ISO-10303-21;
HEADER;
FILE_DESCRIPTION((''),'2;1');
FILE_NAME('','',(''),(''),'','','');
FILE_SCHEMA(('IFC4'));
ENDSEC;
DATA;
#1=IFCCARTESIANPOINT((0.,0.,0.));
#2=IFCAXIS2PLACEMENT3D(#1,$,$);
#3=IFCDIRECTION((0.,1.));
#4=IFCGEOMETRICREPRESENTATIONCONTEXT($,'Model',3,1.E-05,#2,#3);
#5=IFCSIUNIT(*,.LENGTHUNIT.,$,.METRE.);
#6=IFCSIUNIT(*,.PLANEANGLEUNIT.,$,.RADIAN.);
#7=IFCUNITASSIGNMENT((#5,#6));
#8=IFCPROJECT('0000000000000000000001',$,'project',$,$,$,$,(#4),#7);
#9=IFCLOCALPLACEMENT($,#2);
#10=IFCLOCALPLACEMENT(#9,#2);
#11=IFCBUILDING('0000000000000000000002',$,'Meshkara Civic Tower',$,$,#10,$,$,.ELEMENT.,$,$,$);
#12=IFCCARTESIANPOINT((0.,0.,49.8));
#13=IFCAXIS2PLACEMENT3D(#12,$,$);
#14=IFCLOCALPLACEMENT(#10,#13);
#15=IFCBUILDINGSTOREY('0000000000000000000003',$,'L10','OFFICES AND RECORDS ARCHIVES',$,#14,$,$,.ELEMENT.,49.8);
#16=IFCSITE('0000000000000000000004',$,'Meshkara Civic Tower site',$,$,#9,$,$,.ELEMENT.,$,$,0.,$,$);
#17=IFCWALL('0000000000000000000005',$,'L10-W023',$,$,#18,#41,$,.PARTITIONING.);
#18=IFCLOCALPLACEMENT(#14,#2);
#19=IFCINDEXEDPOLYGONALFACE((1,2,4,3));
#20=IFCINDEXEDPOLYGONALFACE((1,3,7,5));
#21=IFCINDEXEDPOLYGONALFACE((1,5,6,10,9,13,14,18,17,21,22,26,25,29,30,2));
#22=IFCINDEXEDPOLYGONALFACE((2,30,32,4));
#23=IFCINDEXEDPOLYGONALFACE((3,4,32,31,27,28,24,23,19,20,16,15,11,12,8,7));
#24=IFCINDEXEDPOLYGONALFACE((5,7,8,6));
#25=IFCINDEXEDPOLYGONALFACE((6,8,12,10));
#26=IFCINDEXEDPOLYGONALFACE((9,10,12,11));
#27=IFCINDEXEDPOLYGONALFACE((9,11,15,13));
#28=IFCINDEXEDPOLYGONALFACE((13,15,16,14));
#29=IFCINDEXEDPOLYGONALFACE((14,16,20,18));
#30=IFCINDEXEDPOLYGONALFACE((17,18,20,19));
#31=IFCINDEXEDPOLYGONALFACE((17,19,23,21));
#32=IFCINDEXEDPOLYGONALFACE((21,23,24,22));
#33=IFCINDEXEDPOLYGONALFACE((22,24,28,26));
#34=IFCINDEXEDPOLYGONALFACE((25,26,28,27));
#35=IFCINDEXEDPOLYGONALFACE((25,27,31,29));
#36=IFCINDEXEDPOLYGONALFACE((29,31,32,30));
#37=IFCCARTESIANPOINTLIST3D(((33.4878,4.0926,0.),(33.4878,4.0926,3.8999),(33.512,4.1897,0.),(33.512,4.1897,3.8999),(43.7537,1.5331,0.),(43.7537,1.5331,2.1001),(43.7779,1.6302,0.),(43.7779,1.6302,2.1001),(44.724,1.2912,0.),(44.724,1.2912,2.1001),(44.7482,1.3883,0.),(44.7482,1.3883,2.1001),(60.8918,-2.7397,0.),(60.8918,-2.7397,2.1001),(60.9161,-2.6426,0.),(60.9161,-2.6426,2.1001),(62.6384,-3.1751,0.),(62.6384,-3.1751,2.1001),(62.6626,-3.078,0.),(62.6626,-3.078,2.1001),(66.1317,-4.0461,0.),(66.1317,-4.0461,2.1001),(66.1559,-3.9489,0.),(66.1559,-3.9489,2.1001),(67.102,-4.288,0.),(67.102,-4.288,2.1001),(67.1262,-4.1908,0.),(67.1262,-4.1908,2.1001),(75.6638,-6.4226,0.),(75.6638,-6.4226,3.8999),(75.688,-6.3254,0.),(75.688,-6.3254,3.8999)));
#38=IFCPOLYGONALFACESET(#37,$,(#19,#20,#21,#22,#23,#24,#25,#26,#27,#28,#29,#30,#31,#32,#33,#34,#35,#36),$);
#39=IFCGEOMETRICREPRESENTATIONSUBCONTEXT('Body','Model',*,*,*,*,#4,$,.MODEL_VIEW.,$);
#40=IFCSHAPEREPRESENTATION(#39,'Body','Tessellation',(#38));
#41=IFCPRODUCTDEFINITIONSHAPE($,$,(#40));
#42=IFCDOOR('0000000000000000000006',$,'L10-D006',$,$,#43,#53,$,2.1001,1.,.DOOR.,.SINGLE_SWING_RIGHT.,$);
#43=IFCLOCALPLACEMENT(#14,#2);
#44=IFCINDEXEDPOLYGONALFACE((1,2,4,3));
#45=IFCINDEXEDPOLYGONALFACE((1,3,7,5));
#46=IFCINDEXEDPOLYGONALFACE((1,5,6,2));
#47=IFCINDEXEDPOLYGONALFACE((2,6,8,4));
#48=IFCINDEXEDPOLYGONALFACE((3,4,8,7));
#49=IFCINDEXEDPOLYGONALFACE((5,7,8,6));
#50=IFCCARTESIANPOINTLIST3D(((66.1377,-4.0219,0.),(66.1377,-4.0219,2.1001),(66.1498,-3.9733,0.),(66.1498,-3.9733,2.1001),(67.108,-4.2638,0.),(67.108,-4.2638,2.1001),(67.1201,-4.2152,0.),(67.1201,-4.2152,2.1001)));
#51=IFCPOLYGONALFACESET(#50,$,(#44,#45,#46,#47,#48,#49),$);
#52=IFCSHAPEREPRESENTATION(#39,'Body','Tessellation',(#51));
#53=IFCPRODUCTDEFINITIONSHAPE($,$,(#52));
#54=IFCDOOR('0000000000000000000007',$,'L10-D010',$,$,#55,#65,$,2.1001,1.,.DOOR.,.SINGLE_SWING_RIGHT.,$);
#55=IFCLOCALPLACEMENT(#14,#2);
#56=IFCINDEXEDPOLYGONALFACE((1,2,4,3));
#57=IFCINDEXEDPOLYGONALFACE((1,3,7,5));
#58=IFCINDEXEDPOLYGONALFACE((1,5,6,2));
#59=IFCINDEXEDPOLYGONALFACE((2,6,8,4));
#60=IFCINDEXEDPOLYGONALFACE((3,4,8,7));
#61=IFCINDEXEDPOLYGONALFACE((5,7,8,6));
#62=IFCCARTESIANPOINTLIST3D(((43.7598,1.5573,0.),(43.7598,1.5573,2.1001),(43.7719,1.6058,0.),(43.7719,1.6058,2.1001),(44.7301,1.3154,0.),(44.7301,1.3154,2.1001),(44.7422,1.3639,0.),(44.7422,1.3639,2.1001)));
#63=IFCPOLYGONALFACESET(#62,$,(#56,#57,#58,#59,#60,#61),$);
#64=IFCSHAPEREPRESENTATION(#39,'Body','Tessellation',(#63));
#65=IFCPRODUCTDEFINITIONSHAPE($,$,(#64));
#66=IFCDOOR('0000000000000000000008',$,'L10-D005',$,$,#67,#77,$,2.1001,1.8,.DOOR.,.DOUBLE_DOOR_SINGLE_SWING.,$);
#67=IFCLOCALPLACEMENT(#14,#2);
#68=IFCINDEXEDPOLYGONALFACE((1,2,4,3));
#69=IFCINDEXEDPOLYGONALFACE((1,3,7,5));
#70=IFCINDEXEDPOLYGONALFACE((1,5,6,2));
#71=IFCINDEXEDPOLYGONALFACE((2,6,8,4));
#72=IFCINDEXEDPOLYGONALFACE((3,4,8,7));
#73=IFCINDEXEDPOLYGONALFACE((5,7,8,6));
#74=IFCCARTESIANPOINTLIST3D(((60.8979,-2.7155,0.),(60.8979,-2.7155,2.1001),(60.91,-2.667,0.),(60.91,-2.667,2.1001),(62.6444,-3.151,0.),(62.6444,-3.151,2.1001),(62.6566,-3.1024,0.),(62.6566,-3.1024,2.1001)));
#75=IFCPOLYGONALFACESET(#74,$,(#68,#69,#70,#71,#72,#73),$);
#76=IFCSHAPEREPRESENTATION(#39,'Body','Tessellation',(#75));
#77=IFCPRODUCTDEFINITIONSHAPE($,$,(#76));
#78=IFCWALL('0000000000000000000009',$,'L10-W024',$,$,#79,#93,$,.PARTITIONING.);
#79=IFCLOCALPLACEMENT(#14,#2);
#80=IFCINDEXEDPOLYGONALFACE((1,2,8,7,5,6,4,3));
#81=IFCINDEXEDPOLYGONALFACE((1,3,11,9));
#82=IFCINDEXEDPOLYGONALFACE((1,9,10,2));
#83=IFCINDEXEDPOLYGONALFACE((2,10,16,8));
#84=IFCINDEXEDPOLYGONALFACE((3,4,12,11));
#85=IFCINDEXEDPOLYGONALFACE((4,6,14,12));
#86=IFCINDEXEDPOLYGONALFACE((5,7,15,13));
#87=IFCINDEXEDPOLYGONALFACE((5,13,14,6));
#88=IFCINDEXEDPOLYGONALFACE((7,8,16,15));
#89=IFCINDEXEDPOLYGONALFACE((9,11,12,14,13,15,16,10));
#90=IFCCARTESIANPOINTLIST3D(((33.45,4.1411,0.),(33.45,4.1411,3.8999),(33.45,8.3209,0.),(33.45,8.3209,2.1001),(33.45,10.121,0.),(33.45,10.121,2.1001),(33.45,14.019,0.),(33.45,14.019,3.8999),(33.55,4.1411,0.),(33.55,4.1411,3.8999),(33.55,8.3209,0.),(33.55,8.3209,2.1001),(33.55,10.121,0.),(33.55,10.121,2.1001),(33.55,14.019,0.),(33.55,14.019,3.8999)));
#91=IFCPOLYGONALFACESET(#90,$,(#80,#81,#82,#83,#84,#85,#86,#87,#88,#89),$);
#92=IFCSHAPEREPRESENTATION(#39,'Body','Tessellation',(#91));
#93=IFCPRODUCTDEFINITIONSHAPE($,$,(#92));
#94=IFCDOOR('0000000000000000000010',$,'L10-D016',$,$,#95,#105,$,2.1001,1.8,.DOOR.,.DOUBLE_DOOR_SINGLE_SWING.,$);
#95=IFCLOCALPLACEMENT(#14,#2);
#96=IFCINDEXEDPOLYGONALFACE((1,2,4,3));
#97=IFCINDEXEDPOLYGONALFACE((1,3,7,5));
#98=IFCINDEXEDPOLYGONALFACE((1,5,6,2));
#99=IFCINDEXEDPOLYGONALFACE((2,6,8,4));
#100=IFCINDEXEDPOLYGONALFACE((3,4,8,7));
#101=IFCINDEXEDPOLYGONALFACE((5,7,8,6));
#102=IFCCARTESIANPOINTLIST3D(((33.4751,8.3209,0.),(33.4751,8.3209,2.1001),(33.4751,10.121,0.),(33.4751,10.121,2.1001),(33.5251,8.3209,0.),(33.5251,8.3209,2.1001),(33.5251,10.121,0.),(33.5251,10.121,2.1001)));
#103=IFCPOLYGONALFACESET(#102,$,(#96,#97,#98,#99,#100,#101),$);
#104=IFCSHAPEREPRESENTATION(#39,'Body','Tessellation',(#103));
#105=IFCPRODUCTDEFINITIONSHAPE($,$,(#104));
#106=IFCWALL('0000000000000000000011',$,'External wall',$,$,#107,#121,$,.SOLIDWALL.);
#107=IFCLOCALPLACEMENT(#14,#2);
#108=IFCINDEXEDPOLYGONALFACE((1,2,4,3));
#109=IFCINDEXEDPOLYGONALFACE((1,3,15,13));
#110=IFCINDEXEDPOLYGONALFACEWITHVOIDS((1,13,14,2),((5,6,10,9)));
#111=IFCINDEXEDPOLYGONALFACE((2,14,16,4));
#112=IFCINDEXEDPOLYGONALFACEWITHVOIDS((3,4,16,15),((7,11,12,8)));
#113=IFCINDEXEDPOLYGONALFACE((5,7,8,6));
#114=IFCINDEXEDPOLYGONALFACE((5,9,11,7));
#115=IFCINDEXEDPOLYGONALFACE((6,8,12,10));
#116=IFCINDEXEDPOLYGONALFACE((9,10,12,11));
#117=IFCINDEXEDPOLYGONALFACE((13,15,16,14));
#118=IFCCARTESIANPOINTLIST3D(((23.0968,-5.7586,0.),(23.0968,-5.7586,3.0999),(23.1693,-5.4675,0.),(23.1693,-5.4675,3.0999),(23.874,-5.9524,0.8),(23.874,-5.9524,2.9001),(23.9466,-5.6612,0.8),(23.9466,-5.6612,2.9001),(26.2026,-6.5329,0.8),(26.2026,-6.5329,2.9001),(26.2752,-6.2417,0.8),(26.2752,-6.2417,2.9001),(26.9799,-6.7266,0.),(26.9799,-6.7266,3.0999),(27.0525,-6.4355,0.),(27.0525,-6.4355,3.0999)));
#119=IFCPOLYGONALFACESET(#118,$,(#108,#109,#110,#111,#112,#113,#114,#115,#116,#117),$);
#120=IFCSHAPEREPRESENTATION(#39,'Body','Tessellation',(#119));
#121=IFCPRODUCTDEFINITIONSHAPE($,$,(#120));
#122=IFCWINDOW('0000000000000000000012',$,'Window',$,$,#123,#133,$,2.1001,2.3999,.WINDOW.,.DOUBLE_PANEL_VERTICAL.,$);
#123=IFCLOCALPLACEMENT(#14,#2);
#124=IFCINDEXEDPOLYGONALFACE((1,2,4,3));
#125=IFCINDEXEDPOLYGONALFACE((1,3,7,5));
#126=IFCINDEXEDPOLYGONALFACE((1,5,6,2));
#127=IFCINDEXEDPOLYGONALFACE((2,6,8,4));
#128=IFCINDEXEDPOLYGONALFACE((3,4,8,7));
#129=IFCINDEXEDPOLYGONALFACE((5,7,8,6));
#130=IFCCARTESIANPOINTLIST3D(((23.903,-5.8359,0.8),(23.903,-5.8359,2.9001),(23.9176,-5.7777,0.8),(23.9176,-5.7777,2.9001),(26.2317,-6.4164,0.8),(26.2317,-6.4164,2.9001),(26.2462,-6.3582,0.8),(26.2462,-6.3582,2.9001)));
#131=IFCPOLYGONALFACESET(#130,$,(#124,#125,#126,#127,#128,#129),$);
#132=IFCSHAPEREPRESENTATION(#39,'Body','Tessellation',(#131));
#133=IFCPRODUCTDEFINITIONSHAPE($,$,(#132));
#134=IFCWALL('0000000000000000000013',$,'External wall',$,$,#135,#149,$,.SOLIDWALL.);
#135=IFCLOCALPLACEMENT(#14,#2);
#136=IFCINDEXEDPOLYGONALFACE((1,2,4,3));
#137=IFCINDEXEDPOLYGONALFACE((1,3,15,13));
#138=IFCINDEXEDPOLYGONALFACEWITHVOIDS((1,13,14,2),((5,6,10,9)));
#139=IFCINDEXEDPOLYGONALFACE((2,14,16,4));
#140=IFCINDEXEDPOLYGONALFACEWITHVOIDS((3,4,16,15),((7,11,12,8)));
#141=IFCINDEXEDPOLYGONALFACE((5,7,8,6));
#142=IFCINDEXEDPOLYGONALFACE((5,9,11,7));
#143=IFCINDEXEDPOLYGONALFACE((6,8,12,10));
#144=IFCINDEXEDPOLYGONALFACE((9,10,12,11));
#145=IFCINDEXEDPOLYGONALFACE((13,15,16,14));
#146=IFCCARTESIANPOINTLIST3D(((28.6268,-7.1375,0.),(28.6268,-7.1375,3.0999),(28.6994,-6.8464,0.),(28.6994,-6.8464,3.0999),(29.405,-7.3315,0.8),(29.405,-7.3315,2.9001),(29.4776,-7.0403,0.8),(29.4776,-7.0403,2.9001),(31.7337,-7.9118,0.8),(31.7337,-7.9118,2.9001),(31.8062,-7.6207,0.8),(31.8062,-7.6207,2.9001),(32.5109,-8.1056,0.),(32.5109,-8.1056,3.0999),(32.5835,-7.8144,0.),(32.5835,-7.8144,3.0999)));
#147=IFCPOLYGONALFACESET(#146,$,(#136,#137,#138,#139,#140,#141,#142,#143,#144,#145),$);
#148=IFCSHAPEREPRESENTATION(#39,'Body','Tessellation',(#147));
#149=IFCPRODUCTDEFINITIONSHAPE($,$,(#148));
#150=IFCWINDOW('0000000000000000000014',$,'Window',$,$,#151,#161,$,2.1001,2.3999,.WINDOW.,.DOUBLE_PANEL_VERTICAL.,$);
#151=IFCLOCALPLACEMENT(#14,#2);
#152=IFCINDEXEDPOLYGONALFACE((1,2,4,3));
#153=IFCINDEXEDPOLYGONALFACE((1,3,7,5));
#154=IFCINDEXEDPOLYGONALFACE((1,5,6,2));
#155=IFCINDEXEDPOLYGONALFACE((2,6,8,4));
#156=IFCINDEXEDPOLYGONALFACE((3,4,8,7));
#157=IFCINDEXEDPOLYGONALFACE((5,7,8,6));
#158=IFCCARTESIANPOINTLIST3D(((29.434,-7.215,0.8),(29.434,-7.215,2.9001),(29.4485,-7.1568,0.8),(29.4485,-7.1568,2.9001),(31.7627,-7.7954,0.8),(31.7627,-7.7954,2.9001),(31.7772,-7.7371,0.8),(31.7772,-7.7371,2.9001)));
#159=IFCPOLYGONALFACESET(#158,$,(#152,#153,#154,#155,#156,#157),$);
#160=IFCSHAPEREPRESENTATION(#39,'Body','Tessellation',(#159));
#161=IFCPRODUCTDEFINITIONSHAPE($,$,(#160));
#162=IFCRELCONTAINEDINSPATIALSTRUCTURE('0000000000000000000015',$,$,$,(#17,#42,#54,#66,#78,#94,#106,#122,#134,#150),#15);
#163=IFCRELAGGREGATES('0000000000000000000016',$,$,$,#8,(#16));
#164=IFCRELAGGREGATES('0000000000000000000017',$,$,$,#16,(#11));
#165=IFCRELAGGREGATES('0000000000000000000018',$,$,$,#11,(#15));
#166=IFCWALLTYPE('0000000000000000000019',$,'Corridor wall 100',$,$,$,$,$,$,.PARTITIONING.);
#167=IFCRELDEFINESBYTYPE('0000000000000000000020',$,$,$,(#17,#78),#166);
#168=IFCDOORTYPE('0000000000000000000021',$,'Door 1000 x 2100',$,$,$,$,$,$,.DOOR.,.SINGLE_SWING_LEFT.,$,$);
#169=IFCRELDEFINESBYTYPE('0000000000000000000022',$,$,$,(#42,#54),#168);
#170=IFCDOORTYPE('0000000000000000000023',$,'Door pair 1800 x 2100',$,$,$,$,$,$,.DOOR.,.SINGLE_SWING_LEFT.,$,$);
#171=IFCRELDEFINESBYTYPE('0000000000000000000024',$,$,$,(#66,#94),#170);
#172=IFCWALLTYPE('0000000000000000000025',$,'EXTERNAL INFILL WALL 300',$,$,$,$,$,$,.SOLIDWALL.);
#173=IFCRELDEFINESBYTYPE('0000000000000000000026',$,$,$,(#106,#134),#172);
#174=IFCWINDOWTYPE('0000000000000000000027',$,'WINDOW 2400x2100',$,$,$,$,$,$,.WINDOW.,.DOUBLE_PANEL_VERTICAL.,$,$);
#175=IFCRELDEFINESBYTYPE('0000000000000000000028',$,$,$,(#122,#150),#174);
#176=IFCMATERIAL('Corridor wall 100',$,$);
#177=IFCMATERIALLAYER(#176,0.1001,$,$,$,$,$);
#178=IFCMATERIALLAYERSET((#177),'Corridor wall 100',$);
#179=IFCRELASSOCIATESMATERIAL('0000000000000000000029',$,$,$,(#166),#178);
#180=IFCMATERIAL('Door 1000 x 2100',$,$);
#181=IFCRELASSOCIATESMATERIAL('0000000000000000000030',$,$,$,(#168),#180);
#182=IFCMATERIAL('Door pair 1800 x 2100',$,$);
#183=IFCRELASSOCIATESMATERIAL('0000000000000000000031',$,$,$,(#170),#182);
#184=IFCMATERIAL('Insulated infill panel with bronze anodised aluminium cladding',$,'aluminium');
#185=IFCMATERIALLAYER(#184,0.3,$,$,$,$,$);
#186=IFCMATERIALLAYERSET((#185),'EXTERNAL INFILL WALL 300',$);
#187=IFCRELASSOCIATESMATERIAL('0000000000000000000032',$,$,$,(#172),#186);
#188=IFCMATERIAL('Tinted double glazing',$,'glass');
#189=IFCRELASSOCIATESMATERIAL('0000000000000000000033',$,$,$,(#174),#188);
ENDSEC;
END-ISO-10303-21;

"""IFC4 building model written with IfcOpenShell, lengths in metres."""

from ifc_helpers import new_model, si_unit, direction, frame, frame_2d, origin, place, context, subcontext, project, spatial, rectangle, extrude, material, layer, layer_set, type_object, element, fill, save


model = new_model("IFC4")

# Units and contexts
model_context = context("Model", 3, precision=1e-05, world=origin(), true_north=direction((0.0, 1.0)))
body_context = subcontext(model_context, "Body", "Model", "MODEL_VIEW")
ifc_project = project(units=[si_unit("LENGTHUNIT", "METRE"), si_unit("PLANEANGLEUNIT", "RADIAN")], contexts=[model_context])

# Site, building, storey
site_placement = place(None, origin())
site = spatial("IfcSite", under=ifc_project, at=site_placement, Name="Meshkara Civic Tower site", CompositionType="ELEMENT", RefElevation=0.0)
building_placement = place(site_placement, origin())
building = spatial("IfcBuilding", under=site, at=building_placement, Name="Meshkara Civic Tower", CompositionType="ELEMENT")
storey_placement = place(building_placement, frame((0.0, 0.0, 49.8)))
storey = spatial("IfcBuildingStorey", under=building, at=storey_placement, Name="L10", Description="OFFICES AND RECORDS ARCHIVES", CompositionType="ELEMENT", Elevation=49.8)

# Wall, openings, doors
ifc_material_1 = material(Name="Corridor wall 100")
ifc_layer_1 = layer(ifc_material_1, 0.1001)
ifc_layer_set_1 = layer_set([ifc_layer_1], Name="Corridor wall 100")
wall_type_1 = type_object("IfcWallType", Name="Corridor wall 100", PredefinedType="PARTITIONING", material=ifc_layer_set_1)
wall_1_placement = place(storey_placement, frame((33.5, 4.1411, 0.0), z_axis=(0.0, 0.0, 1.0), x_axis=(0.970299, -0.24191, 0.0)))
wall_1 = element("IfcWall", 1, at=wall_1_placement, inside=storey, type_object=wall_type_1, Name="L10-W023", PredefinedType="PARTITIONING", context=body_context, shape_type="SweptSolid", body=[
    extrude(rectangle(XDim=43.467, YDim=0.1001, at=frame_2d((21.7334, 0.0))), origin(), (0.0, 0.0, 1.0), 3.8999),
])
opening_1_placement = place(wall_1_placement, frame((28.2429, 0.0, 0.0)))
opening_1 = element("IfcOpeningElement", 2, at=opening_1_placement, cuts=wall_1, PredefinedType="OPENING", context=body_context, shape_type="SweptSolid", body=[
    extrude(rectangle(XDim=1.8, YDim=2.1001, at=frame_2d((0.8999, 1.05))), frame((0.0, 0.0601, 0.0), z_axis=(0.0, -1.0, 0.0), x_axis=(1.0, 0.0, 0.0)), (0.0, 0.0, 1.0), 0.1201),
])
opening_2_placement = place(wall_1_placement, frame((33.6431, 0.0, 0.0)))
opening_2 = element("IfcOpeningElement", 3, at=opening_2_placement, cuts=wall_1, PredefinedType="OPENING", context=body_context, shape_type="SweptSolid", body=[
    extrude(rectangle(XDim=1.0, YDim=2.1001, at=frame_2d((0.5, 1.05))), frame((0.0, 0.0601, 0.0), z_axis=(0.0, -1.0, 0.0), x_axis=(1.0, 0.0, 0.0)), (0.0, 0.0, 1.0), 0.1201),
])
opening_3_placement = place(wall_1_placement, frame((10.5801, 0.0, 0.0)))
opening_3 = element("IfcOpeningElement", 4, at=opening_3_placement, cuts=wall_1, PredefinedType="OPENING", context=body_context, shape_type="SweptSolid", body=[
    extrude(rectangle(XDim=1.0, YDim=2.1001, at=frame_2d((0.5, 1.05))), frame((0.0, 0.0601, 0.0), z_axis=(0.0, -1.0, 0.0), x_axis=(1.0, 0.0, 0.0)), (0.0, 0.0, 1.0), 0.1201),
])
ifc_material_2 = material(Name="Door 1000 x 2100")
door_type_1 = type_object("IfcDoorType", Name="Door 1000 x 2100", OperationType="SINGLE_SWING_LEFT", PredefinedType="DOOR", material=ifc_material_2)
door_1_placement = place(opening_2_placement, origin())
door_1 = element("IfcDoor", 5, at=door_1_placement, inside=storey, type_object=door_type_1, Name="L10-D006", OperationType="SINGLE_SWING_RIGHT", OverallHeight=2.1001, OverallWidth=1.0, PredefinedType="DOOR", context=body_context, shape_type="SweptSolid", body=[
    extrude(rectangle(XDim=1.0, YDim=2.1001, at=frame_2d((0.5, 1.05))), frame((0.0, 0.0249, 0.0), z_axis=(0.0, -1.0, 0.0), x_axis=(1.0, 0.0, 0.0)), (0.0, 0.0, 1.0), 0.05),
])
fill(opening_2, door_1)
door_2_placement = place(opening_3_placement, origin())
door_2 = element("IfcDoor", 6, at=door_2_placement, inside=storey, type_object=door_type_1, Name="L10-D010", OperationType="SINGLE_SWING_RIGHT", OverallHeight=2.1001, OverallWidth=1.0, PredefinedType="DOOR", context=body_context, shape_type="SweptSolid", body=[
    extrude(rectangle(XDim=1.0, YDim=2.1001, at=frame_2d((0.5, 1.05))), frame((0.0, 0.0249, 0.0), z_axis=(0.0, -1.0, 0.0), x_axis=(1.0, 0.0, 0.0)), (0.0, 0.0, 1.0), 0.05),
])
fill(opening_3, door_2)
ifc_material_3 = material(Name="Door pair 1800 x 2100")
door_type_2 = type_object("IfcDoorType", Name="Door pair 1800 x 2100", OperationType="SINGLE_SWING_LEFT", PredefinedType="DOOR", material=ifc_material_3)
door_3_placement = place(opening_1_placement, origin())
door_3 = element("IfcDoor", 7, at=door_3_placement, inside=storey, type_object=door_type_2, Name="L10-D005", OperationType="DOUBLE_DOOR_SINGLE_SWING", OverallHeight=2.1001, OverallWidth=1.8, PredefinedType="DOOR", context=body_context, shape_type="SweptSolid", body=[
    extrude(rectangle(XDim=1.8, YDim=2.1001, at=frame_2d((0.8999, 1.05))), frame((0.0, 0.0249, 0.0), z_axis=(0.0, -1.0, 0.0), x_axis=(1.0, 0.0, 0.0)), (0.0, 0.0, 1.0), 0.05),
])
fill(opening_1, door_3)

# Wall, opening, door
wall_2_placement = place(storey_placement, frame((33.5, 4.1411, 0.0), z_axis=(0.0, 0.0, 1.0), x_axis=(0.0, 1.0, 0.0)))
wall_2 = element("IfcWall", 8, at=wall_2_placement, inside=storey, type_object=wall_type_1, Name="L10-W024", PredefinedType="PARTITIONING", context=body_context, shape_type="SweptSolid", body=[
    extrude(rectangle(XDim=9.8779, YDim=0.1001, at=frame_2d((4.939, 0.0))), origin(), (0.0, 0.0, 1.0), 3.8999),
])
opening_4_placement = place(wall_2_placement, frame((4.1799, 0.0, 0.0)))
opening_4 = element("IfcOpeningElement", 9, at=opening_4_placement, cuts=wall_2, PredefinedType="OPENING", context=body_context, shape_type="SweptSolid", body=[
    extrude(rectangle(XDim=1.8, YDim=2.1001, at=frame_2d((0.8999, 1.05))), frame((0.0, 0.0601, 0.0), z_axis=(0.0, -1.0, 0.0), x_axis=(1.0, 0.0, 0.0)), (0.0, 0.0, 1.0), 0.1201),
])
door_4_placement = place(opening_4_placement, origin())
door_4 = element("IfcDoor", 10, at=door_4_placement, inside=storey, type_object=door_type_2, Name="L10-D016", OperationType="DOUBLE_DOOR_SINGLE_SWING", OverallHeight=2.1001, OverallWidth=1.8, PredefinedType="DOOR", context=body_context, shape_type="SweptSolid", body=[
    extrude(rectangle(XDim=1.8, YDim=2.1001, at=frame_2d((0.8999, 1.05))), frame((0.0, 0.0249, 0.0), z_axis=(0.0, -1.0, 0.0), x_axis=(1.0, 0.0, 0.0)), (0.0, 0.0, 1.0), 0.05),
])
fill(opening_4, door_4)

# Walls, openings, windows
ifc_material_4 = material(Name="Insulated infill panel with bronze anodised aluminium cladding", Category="aluminium")
ifc_layer_2 = layer(ifc_material_4, 0.3)
ifc_layer_set_2 = layer_set([ifc_layer_2], Name="EXTERNAL INFILL WALL 300")
wall_type_2 = type_object("IfcWallType", Name="EXTERNAL INFILL WALL 300", PredefinedType="SOLIDWALL", material=ifc_layer_set_2)
wall_3_placement = place(storey_placement, frame((23.1331, -5.613, 0.0), z_axis=(0.0, 0.0, 1.0), x_axis=(0.970304, -0.24189, 0.0)))
wall_3 = element("IfcWall", 11, at=wall_3_placement, inside=storey, type_object=wall_type_2, Name="External wall", PredefinedType="SOLIDWALL", context=body_context, shape_type="SweptSolid", body=[
    extrude(rectangle(XDim=4.002, YDim=0.3, at=frame_2d((2.001, 0.0))), origin(), (0.0, 0.0, 1.0), 3.0999),
])
opening_5_placement = place(wall_3_placement, frame((0.801, 0.0, 0.8)))
opening_5 = element("IfcOpeningElement", 12, at=opening_5_placement, cuts=wall_3, PredefinedType="OPENING", context=body_context, shape_type="SweptSolid", body=[
    extrude(rectangle(XDim=2.3999, YDim=2.1001, at=frame_2d((1.2, 1.05))), frame((0.0, 0.1599, 0.0), z_axis=(0.0, -1.0, 0.0), x_axis=(1.0, 0.0, 0.0)), (0.0, 0.0, 1.0), 0.3201),
])
ifc_material_5 = material(Name="Tinted double glazing", Category="glass")
window_type = type_object("IfcWindowType", Name="WINDOW 2400x2100", PartitioningType="DOUBLE_PANEL_VERTICAL", PredefinedType="WINDOW", material=ifc_material_5)
window_1_placement = place(opening_5_placement, origin())
window_1 = element("IfcWindow", 13, at=window_1_placement, inside=storey, type_object=window_type, Name="Window", OverallHeight=2.1001, OverallWidth=2.3999, PartitioningType="DOUBLE_PANEL_VERTICAL", PredefinedType="WINDOW", context=body_context, shape_type="SweptSolid", body=[
    extrude(rectangle(XDim=2.3999, YDim=2.1001, at=frame_2d((1.2, 1.05))), frame((0.0, 0.03, 0.0), z_axis=(0.0, -1.0, 0.0), x_axis=(1.0, 0.0, 0.0)), (0.0, 0.0, 1.0), 0.0601),
])
fill(opening_5, window_1)
wall_4_placement = place(storey_placement, frame((28.6631, -6.9919, 0.0), z_axis=(0.0, 0.0, 1.0), x_axis=(0.970318, -0.241832, 0.0)))
wall_4 = element("IfcWall", 14, at=wall_4_placement, inside=storey, type_object=wall_type_2, Name="External wall", PredefinedType="SOLIDWALL", context=body_context, shape_type="SweptSolid", body=[
    extrude(rectangle(XDim=4.0029, YDim=0.3, at=frame_2d((2.0015, 0.0))), origin(), (0.0, 0.0, 1.0), 3.0999),
])
opening_6_placement = place(wall_4_placement, frame((0.802, 0.0, 0.8)))
opening_6 = element("IfcOpeningElement", 15, at=opening_6_placement, cuts=wall_4, PredefinedType="OPENING", context=body_context, shape_type="SweptSolid", body=[
    extrude(rectangle(XDim=2.3999, YDim=2.1001, at=frame_2d((1.2, 1.05))), frame((0.0, 0.1599, 0.0), z_axis=(0.0, -1.0, 0.0), x_axis=(1.0, 0.0, 0.0)), (0.0, 0.0, 1.0), 0.3201),
])
window_2_placement = place(opening_6_placement, origin())
window_2 = element("IfcWindow", 16, at=window_2_placement, inside=storey, type_object=window_type, Name="Window", OverallHeight=2.1001, OverallWidth=2.3999, PartitioningType="DOUBLE_PANEL_VERTICAL", PredefinedType="WINDOW", context=body_context, shape_type="SweptSolid", body=[
    extrude(rectangle(XDim=2.3999, YDim=2.1001, at=frame_2d((1.2, 1.05))), frame((0.0, 0.03, 0.0), z_axis=(0.0, -1.0, 0.0), x_axis=(1.0, 0.0, 0.0)), (0.0, 0.0, 1.0), 0.0601),
])
fill(opening_6, window_2)

save(model, "model.ifc")
